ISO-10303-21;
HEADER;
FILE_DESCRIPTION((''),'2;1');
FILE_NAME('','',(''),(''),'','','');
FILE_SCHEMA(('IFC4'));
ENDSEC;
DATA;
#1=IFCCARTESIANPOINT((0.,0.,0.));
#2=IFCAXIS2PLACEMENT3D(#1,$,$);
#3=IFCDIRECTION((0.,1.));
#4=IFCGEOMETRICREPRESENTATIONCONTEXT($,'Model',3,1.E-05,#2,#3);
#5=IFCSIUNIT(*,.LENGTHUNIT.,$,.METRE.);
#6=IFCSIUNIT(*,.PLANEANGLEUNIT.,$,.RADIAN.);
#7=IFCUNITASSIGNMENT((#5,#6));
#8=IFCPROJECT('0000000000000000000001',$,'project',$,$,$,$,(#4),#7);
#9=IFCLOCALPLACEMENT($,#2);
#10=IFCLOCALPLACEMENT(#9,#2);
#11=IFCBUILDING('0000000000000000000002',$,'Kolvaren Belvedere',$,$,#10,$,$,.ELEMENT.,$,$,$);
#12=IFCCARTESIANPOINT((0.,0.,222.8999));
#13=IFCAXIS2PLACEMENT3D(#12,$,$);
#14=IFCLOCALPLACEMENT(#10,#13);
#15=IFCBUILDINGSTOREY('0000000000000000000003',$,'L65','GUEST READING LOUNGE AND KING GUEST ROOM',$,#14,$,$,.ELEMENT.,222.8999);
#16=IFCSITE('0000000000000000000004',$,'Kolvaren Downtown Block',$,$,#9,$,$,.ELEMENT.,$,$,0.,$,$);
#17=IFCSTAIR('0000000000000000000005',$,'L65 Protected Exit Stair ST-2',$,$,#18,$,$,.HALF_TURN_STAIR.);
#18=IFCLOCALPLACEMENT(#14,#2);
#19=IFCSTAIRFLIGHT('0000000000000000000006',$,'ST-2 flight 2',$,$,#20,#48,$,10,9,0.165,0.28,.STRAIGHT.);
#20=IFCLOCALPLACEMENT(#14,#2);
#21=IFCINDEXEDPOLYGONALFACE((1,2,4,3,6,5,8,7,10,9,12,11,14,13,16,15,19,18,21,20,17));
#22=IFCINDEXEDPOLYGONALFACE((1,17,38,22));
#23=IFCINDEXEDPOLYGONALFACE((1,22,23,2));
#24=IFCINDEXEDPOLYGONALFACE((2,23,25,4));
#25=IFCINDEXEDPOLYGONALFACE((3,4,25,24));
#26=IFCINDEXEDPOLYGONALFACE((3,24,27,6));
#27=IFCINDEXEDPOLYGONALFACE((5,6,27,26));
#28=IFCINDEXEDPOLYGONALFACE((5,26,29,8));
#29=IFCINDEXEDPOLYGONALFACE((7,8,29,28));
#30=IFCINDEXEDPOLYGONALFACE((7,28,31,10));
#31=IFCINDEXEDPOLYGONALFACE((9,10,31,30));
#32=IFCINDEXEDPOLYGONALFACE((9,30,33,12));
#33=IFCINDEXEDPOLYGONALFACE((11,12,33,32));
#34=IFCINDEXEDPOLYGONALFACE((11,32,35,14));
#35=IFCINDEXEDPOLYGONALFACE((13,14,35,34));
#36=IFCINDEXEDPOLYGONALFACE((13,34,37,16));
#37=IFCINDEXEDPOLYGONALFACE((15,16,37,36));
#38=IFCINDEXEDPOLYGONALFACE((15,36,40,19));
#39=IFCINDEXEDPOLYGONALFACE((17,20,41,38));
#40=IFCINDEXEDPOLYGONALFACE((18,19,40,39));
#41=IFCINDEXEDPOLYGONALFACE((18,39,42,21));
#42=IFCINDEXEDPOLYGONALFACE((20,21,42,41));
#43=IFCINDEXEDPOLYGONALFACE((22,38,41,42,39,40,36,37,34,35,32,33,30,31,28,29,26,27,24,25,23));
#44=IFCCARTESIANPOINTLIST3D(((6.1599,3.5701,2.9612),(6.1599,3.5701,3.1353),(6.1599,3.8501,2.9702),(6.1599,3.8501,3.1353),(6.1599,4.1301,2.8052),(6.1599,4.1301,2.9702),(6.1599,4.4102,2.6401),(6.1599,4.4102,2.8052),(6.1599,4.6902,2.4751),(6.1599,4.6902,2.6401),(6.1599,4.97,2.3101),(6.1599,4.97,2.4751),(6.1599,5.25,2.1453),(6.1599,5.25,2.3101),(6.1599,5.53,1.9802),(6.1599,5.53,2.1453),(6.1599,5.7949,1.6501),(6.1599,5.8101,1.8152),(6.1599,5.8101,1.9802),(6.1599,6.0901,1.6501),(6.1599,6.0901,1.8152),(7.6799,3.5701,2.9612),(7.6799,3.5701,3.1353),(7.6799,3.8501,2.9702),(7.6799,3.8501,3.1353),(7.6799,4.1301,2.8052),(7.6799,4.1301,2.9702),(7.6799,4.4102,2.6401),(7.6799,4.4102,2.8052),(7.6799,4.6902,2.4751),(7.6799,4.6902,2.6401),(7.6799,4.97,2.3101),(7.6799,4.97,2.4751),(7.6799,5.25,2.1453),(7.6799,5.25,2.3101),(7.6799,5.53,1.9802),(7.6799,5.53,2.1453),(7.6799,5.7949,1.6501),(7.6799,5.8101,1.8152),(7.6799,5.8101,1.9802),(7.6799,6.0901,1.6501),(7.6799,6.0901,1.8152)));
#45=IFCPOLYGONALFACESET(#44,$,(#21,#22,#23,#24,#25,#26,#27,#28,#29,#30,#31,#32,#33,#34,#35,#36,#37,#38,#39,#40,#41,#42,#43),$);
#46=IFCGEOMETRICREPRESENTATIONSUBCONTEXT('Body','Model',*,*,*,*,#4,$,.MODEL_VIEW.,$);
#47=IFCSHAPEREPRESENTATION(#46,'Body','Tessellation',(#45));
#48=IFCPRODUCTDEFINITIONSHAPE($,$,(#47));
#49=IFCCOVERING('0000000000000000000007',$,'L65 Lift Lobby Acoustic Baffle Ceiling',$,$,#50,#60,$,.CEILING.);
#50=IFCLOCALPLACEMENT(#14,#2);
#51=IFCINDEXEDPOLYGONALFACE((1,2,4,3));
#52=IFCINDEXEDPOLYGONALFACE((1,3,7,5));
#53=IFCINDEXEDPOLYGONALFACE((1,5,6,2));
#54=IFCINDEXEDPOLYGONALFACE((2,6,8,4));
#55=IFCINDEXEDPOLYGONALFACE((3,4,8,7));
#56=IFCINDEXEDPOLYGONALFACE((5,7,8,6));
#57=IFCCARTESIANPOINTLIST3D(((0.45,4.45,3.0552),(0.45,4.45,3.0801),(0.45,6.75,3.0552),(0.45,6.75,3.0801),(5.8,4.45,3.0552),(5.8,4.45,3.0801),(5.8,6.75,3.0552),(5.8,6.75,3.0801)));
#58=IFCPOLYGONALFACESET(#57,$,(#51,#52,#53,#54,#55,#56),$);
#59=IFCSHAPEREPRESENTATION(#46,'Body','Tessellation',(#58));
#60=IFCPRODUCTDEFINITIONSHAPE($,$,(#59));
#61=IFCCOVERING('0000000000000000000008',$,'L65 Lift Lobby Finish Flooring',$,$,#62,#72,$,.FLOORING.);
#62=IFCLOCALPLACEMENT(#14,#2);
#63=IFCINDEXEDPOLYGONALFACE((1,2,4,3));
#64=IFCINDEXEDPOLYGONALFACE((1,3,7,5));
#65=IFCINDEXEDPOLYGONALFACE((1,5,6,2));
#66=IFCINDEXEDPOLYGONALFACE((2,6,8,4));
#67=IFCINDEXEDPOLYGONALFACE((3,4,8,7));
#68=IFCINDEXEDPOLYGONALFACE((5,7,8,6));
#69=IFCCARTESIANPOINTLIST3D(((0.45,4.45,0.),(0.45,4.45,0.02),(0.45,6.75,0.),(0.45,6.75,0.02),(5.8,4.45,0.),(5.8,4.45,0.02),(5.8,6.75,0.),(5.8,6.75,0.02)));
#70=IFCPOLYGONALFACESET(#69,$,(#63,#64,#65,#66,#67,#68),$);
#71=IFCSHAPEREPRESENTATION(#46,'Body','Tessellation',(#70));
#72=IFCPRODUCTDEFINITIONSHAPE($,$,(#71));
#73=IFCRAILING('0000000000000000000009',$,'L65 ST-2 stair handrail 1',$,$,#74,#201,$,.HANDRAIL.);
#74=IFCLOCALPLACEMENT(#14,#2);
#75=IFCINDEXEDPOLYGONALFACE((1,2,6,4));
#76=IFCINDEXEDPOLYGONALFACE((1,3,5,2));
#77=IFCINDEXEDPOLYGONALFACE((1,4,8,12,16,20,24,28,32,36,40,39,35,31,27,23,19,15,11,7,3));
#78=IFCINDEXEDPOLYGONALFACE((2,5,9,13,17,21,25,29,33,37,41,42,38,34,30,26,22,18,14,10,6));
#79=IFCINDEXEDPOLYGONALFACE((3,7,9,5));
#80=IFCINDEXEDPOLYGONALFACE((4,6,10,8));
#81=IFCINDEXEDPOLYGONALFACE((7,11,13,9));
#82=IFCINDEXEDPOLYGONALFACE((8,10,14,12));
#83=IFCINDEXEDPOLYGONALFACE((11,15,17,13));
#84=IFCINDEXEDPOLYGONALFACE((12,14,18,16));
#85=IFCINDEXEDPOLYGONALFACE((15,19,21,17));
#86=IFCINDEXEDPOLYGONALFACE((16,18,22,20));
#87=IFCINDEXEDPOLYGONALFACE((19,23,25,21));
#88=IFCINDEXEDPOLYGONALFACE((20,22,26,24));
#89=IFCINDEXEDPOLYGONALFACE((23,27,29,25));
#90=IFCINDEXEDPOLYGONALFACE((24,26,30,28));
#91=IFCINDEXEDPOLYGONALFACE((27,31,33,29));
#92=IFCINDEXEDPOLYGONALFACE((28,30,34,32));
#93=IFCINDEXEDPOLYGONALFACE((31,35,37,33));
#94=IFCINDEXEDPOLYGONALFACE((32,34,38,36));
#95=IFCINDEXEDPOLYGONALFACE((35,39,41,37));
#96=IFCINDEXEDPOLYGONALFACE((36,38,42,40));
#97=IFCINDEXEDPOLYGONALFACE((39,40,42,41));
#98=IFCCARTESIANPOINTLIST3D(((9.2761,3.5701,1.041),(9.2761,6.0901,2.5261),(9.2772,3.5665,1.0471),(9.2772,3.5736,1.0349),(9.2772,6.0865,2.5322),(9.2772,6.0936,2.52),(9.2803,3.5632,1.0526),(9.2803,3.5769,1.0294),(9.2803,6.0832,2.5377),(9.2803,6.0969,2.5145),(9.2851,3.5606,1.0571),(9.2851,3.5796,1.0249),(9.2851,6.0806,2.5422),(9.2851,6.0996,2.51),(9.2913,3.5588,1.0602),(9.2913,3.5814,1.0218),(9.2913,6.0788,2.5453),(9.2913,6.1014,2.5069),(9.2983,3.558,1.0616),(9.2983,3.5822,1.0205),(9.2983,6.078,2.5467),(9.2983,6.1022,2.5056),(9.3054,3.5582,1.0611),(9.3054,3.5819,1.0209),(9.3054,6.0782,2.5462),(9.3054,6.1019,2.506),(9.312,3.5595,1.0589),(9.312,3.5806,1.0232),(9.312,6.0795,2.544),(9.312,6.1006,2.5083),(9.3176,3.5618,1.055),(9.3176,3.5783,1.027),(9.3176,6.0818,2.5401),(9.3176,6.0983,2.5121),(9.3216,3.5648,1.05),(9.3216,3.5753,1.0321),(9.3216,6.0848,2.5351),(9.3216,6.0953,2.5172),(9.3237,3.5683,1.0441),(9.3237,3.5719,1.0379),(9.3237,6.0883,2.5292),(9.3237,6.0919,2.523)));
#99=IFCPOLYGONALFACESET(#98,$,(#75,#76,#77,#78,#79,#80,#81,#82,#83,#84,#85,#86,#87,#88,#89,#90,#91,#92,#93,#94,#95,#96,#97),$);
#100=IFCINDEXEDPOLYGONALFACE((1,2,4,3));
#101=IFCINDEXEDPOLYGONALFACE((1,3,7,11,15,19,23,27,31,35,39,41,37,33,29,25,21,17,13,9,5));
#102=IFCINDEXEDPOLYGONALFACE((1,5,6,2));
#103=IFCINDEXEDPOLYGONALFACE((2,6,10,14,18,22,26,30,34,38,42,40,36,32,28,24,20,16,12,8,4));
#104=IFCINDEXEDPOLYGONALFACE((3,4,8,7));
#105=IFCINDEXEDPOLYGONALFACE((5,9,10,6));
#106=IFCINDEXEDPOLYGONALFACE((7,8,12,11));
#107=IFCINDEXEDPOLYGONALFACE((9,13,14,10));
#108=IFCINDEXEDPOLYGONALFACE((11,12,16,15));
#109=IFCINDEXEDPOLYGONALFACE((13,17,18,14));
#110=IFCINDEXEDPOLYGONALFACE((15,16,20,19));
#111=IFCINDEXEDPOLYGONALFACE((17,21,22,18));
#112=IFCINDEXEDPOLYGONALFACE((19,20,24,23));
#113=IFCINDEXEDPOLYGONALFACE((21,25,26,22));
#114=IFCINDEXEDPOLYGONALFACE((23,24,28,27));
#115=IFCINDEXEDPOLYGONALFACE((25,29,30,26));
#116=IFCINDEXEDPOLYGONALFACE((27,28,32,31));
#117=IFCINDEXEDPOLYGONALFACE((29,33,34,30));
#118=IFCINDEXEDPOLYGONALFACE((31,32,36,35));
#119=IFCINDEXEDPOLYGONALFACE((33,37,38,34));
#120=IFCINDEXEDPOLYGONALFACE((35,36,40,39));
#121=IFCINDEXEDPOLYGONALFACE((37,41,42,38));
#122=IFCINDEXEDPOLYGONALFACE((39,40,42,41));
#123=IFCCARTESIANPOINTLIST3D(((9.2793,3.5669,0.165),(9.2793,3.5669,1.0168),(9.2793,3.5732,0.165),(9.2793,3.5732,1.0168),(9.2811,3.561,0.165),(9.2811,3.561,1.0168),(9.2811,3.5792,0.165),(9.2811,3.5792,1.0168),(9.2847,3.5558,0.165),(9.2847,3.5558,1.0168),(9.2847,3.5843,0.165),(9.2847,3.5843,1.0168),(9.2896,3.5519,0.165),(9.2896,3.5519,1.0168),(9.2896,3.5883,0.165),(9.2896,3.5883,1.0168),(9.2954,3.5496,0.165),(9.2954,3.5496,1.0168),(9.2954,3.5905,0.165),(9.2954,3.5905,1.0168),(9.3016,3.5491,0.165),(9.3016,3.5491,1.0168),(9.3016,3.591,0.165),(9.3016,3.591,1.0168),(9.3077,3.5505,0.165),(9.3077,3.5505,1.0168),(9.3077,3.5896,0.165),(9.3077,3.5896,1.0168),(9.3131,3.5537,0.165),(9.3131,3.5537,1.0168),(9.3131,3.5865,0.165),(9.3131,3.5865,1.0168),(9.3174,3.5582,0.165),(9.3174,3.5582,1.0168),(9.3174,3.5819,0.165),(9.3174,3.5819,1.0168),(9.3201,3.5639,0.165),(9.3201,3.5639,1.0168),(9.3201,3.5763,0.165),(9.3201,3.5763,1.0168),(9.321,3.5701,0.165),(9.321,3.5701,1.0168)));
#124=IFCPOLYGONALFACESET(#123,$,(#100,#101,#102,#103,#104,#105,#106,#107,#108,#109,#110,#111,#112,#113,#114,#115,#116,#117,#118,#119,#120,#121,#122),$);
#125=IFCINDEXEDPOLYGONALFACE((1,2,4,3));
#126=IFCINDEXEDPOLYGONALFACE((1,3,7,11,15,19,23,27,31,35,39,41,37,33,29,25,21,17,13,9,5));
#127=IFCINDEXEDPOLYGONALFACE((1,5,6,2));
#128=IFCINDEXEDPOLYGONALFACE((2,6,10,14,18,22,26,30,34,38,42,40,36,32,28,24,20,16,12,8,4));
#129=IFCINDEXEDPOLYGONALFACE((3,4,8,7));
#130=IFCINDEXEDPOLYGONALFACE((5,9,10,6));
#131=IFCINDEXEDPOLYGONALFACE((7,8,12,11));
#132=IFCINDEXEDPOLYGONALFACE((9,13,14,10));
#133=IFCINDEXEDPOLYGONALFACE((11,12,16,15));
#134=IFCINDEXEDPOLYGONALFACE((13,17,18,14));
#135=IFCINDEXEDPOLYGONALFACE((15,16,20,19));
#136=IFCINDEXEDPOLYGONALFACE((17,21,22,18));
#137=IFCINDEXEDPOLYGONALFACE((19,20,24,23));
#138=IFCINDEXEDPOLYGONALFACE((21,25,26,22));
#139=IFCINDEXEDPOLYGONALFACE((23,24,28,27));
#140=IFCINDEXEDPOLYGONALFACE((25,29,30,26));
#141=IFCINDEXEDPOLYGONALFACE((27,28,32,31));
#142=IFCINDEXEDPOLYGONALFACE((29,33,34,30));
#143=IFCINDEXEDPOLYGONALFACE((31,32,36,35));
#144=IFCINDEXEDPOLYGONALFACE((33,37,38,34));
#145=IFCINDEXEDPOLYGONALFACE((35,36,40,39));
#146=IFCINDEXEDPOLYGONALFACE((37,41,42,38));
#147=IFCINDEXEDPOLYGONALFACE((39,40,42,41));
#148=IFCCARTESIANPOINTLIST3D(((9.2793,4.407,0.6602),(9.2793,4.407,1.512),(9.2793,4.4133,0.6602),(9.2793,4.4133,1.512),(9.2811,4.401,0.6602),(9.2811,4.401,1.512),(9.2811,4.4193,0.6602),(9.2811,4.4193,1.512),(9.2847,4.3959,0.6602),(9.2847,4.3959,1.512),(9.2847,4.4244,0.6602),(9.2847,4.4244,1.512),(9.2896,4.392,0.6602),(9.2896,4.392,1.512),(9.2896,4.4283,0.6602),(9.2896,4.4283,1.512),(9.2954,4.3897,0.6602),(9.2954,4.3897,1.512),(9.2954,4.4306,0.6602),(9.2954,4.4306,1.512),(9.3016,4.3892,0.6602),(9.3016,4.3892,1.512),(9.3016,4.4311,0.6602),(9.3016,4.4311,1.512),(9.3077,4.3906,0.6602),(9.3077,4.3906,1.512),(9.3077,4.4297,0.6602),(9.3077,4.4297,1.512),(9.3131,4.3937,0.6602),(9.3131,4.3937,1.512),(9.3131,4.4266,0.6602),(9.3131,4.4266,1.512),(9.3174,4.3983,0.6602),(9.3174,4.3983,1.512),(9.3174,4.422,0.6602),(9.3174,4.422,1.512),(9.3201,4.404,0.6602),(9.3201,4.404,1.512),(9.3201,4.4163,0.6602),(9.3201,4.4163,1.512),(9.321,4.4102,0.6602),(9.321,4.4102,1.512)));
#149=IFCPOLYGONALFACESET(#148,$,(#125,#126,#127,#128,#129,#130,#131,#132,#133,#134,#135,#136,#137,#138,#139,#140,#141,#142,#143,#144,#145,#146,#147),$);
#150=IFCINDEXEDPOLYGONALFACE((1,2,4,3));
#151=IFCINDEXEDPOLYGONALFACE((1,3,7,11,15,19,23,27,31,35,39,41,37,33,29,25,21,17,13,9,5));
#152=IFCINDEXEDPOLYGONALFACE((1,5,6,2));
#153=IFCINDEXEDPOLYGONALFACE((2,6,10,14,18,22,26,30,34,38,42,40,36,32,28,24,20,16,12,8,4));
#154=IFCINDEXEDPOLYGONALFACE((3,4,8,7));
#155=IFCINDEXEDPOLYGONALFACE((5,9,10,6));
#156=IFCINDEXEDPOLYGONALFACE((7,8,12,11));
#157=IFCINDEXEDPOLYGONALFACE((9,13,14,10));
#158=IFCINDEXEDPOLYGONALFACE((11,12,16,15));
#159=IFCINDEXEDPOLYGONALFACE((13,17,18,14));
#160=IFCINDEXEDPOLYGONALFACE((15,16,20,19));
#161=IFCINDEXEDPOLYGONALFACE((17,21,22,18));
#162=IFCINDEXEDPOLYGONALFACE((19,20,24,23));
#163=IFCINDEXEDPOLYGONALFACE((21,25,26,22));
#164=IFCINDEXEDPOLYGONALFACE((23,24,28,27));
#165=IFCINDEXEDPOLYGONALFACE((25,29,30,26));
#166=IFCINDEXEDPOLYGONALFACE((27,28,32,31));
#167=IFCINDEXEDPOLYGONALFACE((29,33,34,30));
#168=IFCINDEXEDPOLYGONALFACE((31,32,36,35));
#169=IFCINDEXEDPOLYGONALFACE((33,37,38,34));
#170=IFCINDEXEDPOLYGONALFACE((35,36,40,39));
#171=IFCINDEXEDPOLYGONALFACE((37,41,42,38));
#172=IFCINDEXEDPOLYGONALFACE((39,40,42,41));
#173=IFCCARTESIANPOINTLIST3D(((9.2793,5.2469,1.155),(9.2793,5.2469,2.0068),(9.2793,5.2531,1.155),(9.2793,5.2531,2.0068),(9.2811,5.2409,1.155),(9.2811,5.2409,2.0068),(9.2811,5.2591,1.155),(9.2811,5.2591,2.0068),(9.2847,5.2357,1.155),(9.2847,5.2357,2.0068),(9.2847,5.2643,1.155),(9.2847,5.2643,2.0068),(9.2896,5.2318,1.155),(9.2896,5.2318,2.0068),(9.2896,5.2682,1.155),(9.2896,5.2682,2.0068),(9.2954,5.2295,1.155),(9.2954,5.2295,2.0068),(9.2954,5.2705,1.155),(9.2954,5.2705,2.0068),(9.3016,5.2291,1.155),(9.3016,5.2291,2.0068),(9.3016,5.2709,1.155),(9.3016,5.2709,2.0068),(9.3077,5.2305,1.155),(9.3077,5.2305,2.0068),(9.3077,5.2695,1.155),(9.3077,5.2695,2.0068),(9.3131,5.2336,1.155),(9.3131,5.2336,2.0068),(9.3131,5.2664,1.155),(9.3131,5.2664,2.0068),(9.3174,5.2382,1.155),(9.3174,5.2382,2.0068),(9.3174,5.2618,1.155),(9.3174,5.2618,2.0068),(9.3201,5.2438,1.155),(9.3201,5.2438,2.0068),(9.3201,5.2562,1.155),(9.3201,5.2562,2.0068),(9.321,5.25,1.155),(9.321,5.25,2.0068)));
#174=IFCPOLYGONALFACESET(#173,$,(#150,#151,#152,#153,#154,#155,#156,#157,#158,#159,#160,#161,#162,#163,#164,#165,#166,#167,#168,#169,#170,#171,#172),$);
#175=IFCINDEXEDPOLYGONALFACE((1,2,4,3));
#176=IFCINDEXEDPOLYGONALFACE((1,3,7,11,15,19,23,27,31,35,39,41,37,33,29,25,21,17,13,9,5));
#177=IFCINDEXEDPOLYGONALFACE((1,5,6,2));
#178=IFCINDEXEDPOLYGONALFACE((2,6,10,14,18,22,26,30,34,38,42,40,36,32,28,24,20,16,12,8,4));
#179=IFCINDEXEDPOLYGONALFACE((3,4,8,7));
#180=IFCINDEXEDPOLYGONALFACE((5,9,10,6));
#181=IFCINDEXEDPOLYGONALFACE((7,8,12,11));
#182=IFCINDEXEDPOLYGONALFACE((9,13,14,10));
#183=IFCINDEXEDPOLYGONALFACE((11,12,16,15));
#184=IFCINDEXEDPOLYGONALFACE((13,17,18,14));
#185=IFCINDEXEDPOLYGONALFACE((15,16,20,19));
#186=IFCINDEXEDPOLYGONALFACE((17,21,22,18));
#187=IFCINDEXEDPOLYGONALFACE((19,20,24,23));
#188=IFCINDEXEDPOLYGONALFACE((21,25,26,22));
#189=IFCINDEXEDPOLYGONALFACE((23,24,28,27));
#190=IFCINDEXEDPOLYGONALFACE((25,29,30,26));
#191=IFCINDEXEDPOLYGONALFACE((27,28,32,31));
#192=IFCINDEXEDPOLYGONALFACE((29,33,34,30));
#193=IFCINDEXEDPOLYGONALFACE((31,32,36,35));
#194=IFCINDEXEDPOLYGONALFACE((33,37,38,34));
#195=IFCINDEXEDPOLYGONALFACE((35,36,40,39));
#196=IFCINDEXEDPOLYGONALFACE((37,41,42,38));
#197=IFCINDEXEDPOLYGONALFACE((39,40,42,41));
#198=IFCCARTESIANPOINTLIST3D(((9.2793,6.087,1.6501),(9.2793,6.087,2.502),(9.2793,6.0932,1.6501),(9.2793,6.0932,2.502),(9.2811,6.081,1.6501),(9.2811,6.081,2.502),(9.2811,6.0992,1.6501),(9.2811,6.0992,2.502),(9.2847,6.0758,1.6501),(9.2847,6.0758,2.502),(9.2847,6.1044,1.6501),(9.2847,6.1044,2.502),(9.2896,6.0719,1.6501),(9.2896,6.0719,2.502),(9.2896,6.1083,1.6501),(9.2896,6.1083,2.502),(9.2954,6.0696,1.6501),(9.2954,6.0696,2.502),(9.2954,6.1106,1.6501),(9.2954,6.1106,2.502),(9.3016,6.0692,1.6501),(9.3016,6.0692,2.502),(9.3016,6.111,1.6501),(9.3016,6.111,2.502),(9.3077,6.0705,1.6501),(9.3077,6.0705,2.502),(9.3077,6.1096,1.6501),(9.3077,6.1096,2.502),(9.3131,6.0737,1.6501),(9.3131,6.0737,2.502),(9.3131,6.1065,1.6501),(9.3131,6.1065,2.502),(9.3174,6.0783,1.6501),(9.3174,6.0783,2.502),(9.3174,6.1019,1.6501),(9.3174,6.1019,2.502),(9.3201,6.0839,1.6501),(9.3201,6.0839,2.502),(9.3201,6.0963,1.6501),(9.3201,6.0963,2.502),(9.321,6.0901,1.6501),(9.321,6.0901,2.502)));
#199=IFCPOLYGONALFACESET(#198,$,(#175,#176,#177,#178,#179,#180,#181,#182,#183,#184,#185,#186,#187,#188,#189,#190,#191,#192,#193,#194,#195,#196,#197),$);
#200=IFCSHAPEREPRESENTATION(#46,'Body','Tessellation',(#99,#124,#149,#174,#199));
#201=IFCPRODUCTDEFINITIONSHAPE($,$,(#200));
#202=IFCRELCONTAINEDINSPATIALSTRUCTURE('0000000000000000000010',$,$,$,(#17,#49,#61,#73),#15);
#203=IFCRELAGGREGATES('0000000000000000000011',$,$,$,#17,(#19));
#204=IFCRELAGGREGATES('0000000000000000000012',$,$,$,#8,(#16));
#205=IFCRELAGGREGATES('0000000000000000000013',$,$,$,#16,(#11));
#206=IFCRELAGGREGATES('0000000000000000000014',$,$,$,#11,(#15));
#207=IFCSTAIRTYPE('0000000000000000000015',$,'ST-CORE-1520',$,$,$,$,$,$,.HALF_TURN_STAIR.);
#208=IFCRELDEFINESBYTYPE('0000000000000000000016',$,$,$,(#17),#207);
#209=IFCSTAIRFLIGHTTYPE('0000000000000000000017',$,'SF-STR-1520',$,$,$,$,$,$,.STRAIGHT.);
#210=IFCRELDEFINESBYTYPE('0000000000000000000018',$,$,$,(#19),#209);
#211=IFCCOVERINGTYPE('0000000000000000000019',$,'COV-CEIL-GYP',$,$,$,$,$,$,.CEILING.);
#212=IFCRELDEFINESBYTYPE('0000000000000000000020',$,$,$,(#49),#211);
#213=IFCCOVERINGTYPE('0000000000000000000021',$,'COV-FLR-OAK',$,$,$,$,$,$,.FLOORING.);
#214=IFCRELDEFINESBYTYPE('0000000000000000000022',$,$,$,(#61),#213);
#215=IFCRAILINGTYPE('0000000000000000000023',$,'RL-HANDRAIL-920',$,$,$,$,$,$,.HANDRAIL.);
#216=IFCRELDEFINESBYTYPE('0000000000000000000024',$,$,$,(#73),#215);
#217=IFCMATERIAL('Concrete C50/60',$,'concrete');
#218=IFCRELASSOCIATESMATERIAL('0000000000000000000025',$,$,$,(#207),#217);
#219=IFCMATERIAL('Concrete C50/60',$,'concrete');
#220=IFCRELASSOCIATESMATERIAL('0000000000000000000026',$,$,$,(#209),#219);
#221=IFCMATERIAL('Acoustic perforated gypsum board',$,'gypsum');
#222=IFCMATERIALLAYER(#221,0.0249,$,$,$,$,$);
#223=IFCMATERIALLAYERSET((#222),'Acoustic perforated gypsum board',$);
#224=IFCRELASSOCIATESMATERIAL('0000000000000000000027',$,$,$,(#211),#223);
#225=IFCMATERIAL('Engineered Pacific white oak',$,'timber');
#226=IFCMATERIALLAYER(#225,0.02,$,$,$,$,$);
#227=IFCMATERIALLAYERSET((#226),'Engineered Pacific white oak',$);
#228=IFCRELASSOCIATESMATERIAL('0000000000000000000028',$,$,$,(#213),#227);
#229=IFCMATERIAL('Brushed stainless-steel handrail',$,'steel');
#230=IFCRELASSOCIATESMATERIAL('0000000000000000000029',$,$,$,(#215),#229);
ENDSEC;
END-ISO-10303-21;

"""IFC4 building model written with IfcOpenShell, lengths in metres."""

from ifc_helpers import new_model, si_unit, direction, frame, origin, origin_2d, place, context, subcontext, project, spatial, polyline, circle, outline, extrude, material, layer, layer_set, type_object, element, aggregate, save


model = new_model("IFC4")

# Units and contexts
model_context = context("Model", 3, precision=1e-05, world=origin(), true_north=direction((0.0, 1.0)))
body_context = subcontext(model_context, "Body", "Model", "MODEL_VIEW")
ifc_project = project(units=[si_unit("LENGTHUNIT", "METRE"), si_unit("PLANEANGLEUNIT", "RADIAN")], contexts=[model_context])

# Site, building, storey
site_placement = place(None, origin())
site = spatial("IfcSite", under=ifc_project, at=site_placement, Name="Kolvaren Downtown Block", CompositionType="ELEMENT", RefElevation=0.0)
building_placement = place(site_placement, origin())
building = spatial("IfcBuilding", under=site, at=building_placement, Name="Kolvaren Belvedere", CompositionType="ELEMENT")
storey_placement = place(building_placement, frame((0.0, 0.0, 222.8999)))
storey = spatial("IfcBuildingStorey", under=building, at=storey_placement, Name="L65", Description="GUEST READING LOUNGE AND KING GUEST ROOM", CompositionType="ELEMENT", Elevation=222.8999)

# Shared definitions
ifc_material_1 = material(Name="Concrete C50/60", Category="concrete")
stair_type = type_object("IfcStairType", Name="ST-CORE-1520", PredefinedType="HALF_TURN_STAIR", material=ifc_material_1)

# Stair, stair flight
stair_1_placement = place(storey_placement, origin())
stair_1 = element("IfcStair", 1, at=stair_1_placement, inside=storey, type_object=stair_type, Name="L65 Protected Exit Stair ST-2", PredefinedType="HALF_TURN_STAIR")
ifc_material_2 = material(Name="Concrete C50/60", Category="concrete")
stair_flight_type = type_object("IfcStairFlightType", Name="SF-STR-1520", PredefinedType="STRAIGHT", material=ifc_material_2)
stair_flight_1_placement = place(storey_placement, frame((6.9199, 6.0901, 1.6501), z_axis=(0.0, 0.0, 1.0), x_axis=(0.0, -1.0, 0.0)))
stair_flight_1 = element("IfcStairFlight", 2, at=stair_flight_1_placement, type_object=stair_flight_type, Name="ST-2 flight 2", NumberOfRisers=10, NumberOfTreads=9, PredefinedType="STRAIGHT", RiserHeight=0.165, TreadLength=0.28, context=body_context, shape_type="SweptSolid", body=[
    extrude(outline(polyline([(0.0, 0.0), (0.0, 0.165), (0.28, 0.165), (0.28, 0.3301), (0.5601, 0.3301), (0.5601, 0.4951), (0.8401, 0.4951), (0.8401, 0.6599), (1.1201, 0.6599), (1.1201, 0.825), (1.3999, 0.825), (1.3999, 0.99), (1.6799, 0.99), (1.6799, 1.155), (1.96, 1.155), (1.96, 1.3201), (2.24, 1.3201), (2.24, 1.4851), (2.52, 1.4851), (2.52, 1.6499), (2.52, 1.311), (0.2952, 0.0), (0.0, 0.0)])), frame((0.0, 0.76, 0.0), z_axis=(0.0, -1.0, 0.0), x_axis=(1.0, 0.0, 0.0)), (0.0, 0.0, 1.0), 1.52),
])
aggregate(stair_1, [stair_flight_1])

# Coverings
ifc_material_3 = material(Name="Acoustic perforated gypsum board", Category="gypsum")
ifc_layer_1 = layer(ifc_material_3, 0.0249)
ifc_layer_set_1 = layer_set([ifc_layer_1], Name="Acoustic perforated gypsum board")
covering_type_1 = type_object("IfcCoveringType", Name="COV-CEIL-GYP", PredefinedType="CEILING", material=ifc_layer_set_1)
covering_1_placement = place(storey_placement, frame((0.0, 0.0, 3.0552)))
element("IfcCovering", 3, at=covering_1_placement, inside=storey, type_object=covering_type_1, Name="L65 Lift Lobby Acoustic Baffle Ceiling", PredefinedType="CEILING", context=body_context, shape_type="SweptSolid", body=[
    extrude(outline(polyline([(0.45, 4.45), (5.8, 4.45), (5.8, 6.75), (0.45, 6.75), (0.45, 4.45)])), origin(), (0.0, 0.0, 1.0), 0.0249),
])
ifc_material_4 = material(Name="Engineered Pacific white oak", Category="timber")
ifc_layer_2 = layer(ifc_material_4, 0.02)
ifc_layer_set_2 = layer_set([ifc_layer_2], Name="Engineered Pacific white oak")
covering_type_2 = type_object("IfcCoveringType", Name="COV-FLR-OAK", PredefinedType="FLOORING", material=ifc_layer_set_2)
covering_2_placement = place(storey_placement, origin())
element("IfcCovering", 4, at=covering_2_placement, inside=storey, type_object=covering_type_2, Name="L65 Lift Lobby Finish Flooring", PredefinedType="FLOORING", context=body_context, shape_type="SweptSolid", body=[
    extrude(outline(polyline([(0.45, 4.45), (5.8, 4.45), (5.8, 6.75), (0.45, 6.75), (0.45, 4.45)])), origin(), (0.0, 0.0, 1.0), 0.02),
])

# Railing
ifc_material_5 = material(Name="Brushed stainless-steel handrail", Category="steel")
railing_type_1 = type_object("IfcRailingType", Name="RL-HANDRAIL-920", PredefinedType="HANDRAIL", material=ifc_material_5)
railing_1_placement = place(storey_placement, frame((9.3, 3.5701, 0.165)))
element("IfcRailing", 5, at=railing_1_placement, inside=storey, type_object=railing_type_1, Name="L65 ST-2 stair handrail 1", PredefinedType="HANDRAIL", context=body_context, shape_type="SweptSolid", body=[
    extrude(circle(Radius=0.0239, at=origin_2d()), frame((0.0, 0.0, 0.876), z_axis=(0.0, 0.861524, 0.507717), x_axis=(-1.0, 0.0, 0.0)), (0.0, 0.0, 1.0), 2.925),
    extrude(circle(Radius=0.021, at=origin_2d()), origin(), (0.0, 0.0, 1.0), 0.8518),
    extrude(circle(Radius=0.021, at=origin_2d()), frame((0.0, 0.8401, 0.4951)), (0.0, 0.0, 1.0), 0.8518),
    extrude(circle(Radius=0.021, at=origin_2d()), frame((0.0, 1.6799, 0.99)), (0.0, 0.0, 1.0), 0.8518),
    extrude(circle(Radius=0.021, at=origin_2d()), frame((0.0, 2.52, 1.4851)), (0.0, 0.0, 1.0), 0.8518),
])

save(model, "model.ifc")
